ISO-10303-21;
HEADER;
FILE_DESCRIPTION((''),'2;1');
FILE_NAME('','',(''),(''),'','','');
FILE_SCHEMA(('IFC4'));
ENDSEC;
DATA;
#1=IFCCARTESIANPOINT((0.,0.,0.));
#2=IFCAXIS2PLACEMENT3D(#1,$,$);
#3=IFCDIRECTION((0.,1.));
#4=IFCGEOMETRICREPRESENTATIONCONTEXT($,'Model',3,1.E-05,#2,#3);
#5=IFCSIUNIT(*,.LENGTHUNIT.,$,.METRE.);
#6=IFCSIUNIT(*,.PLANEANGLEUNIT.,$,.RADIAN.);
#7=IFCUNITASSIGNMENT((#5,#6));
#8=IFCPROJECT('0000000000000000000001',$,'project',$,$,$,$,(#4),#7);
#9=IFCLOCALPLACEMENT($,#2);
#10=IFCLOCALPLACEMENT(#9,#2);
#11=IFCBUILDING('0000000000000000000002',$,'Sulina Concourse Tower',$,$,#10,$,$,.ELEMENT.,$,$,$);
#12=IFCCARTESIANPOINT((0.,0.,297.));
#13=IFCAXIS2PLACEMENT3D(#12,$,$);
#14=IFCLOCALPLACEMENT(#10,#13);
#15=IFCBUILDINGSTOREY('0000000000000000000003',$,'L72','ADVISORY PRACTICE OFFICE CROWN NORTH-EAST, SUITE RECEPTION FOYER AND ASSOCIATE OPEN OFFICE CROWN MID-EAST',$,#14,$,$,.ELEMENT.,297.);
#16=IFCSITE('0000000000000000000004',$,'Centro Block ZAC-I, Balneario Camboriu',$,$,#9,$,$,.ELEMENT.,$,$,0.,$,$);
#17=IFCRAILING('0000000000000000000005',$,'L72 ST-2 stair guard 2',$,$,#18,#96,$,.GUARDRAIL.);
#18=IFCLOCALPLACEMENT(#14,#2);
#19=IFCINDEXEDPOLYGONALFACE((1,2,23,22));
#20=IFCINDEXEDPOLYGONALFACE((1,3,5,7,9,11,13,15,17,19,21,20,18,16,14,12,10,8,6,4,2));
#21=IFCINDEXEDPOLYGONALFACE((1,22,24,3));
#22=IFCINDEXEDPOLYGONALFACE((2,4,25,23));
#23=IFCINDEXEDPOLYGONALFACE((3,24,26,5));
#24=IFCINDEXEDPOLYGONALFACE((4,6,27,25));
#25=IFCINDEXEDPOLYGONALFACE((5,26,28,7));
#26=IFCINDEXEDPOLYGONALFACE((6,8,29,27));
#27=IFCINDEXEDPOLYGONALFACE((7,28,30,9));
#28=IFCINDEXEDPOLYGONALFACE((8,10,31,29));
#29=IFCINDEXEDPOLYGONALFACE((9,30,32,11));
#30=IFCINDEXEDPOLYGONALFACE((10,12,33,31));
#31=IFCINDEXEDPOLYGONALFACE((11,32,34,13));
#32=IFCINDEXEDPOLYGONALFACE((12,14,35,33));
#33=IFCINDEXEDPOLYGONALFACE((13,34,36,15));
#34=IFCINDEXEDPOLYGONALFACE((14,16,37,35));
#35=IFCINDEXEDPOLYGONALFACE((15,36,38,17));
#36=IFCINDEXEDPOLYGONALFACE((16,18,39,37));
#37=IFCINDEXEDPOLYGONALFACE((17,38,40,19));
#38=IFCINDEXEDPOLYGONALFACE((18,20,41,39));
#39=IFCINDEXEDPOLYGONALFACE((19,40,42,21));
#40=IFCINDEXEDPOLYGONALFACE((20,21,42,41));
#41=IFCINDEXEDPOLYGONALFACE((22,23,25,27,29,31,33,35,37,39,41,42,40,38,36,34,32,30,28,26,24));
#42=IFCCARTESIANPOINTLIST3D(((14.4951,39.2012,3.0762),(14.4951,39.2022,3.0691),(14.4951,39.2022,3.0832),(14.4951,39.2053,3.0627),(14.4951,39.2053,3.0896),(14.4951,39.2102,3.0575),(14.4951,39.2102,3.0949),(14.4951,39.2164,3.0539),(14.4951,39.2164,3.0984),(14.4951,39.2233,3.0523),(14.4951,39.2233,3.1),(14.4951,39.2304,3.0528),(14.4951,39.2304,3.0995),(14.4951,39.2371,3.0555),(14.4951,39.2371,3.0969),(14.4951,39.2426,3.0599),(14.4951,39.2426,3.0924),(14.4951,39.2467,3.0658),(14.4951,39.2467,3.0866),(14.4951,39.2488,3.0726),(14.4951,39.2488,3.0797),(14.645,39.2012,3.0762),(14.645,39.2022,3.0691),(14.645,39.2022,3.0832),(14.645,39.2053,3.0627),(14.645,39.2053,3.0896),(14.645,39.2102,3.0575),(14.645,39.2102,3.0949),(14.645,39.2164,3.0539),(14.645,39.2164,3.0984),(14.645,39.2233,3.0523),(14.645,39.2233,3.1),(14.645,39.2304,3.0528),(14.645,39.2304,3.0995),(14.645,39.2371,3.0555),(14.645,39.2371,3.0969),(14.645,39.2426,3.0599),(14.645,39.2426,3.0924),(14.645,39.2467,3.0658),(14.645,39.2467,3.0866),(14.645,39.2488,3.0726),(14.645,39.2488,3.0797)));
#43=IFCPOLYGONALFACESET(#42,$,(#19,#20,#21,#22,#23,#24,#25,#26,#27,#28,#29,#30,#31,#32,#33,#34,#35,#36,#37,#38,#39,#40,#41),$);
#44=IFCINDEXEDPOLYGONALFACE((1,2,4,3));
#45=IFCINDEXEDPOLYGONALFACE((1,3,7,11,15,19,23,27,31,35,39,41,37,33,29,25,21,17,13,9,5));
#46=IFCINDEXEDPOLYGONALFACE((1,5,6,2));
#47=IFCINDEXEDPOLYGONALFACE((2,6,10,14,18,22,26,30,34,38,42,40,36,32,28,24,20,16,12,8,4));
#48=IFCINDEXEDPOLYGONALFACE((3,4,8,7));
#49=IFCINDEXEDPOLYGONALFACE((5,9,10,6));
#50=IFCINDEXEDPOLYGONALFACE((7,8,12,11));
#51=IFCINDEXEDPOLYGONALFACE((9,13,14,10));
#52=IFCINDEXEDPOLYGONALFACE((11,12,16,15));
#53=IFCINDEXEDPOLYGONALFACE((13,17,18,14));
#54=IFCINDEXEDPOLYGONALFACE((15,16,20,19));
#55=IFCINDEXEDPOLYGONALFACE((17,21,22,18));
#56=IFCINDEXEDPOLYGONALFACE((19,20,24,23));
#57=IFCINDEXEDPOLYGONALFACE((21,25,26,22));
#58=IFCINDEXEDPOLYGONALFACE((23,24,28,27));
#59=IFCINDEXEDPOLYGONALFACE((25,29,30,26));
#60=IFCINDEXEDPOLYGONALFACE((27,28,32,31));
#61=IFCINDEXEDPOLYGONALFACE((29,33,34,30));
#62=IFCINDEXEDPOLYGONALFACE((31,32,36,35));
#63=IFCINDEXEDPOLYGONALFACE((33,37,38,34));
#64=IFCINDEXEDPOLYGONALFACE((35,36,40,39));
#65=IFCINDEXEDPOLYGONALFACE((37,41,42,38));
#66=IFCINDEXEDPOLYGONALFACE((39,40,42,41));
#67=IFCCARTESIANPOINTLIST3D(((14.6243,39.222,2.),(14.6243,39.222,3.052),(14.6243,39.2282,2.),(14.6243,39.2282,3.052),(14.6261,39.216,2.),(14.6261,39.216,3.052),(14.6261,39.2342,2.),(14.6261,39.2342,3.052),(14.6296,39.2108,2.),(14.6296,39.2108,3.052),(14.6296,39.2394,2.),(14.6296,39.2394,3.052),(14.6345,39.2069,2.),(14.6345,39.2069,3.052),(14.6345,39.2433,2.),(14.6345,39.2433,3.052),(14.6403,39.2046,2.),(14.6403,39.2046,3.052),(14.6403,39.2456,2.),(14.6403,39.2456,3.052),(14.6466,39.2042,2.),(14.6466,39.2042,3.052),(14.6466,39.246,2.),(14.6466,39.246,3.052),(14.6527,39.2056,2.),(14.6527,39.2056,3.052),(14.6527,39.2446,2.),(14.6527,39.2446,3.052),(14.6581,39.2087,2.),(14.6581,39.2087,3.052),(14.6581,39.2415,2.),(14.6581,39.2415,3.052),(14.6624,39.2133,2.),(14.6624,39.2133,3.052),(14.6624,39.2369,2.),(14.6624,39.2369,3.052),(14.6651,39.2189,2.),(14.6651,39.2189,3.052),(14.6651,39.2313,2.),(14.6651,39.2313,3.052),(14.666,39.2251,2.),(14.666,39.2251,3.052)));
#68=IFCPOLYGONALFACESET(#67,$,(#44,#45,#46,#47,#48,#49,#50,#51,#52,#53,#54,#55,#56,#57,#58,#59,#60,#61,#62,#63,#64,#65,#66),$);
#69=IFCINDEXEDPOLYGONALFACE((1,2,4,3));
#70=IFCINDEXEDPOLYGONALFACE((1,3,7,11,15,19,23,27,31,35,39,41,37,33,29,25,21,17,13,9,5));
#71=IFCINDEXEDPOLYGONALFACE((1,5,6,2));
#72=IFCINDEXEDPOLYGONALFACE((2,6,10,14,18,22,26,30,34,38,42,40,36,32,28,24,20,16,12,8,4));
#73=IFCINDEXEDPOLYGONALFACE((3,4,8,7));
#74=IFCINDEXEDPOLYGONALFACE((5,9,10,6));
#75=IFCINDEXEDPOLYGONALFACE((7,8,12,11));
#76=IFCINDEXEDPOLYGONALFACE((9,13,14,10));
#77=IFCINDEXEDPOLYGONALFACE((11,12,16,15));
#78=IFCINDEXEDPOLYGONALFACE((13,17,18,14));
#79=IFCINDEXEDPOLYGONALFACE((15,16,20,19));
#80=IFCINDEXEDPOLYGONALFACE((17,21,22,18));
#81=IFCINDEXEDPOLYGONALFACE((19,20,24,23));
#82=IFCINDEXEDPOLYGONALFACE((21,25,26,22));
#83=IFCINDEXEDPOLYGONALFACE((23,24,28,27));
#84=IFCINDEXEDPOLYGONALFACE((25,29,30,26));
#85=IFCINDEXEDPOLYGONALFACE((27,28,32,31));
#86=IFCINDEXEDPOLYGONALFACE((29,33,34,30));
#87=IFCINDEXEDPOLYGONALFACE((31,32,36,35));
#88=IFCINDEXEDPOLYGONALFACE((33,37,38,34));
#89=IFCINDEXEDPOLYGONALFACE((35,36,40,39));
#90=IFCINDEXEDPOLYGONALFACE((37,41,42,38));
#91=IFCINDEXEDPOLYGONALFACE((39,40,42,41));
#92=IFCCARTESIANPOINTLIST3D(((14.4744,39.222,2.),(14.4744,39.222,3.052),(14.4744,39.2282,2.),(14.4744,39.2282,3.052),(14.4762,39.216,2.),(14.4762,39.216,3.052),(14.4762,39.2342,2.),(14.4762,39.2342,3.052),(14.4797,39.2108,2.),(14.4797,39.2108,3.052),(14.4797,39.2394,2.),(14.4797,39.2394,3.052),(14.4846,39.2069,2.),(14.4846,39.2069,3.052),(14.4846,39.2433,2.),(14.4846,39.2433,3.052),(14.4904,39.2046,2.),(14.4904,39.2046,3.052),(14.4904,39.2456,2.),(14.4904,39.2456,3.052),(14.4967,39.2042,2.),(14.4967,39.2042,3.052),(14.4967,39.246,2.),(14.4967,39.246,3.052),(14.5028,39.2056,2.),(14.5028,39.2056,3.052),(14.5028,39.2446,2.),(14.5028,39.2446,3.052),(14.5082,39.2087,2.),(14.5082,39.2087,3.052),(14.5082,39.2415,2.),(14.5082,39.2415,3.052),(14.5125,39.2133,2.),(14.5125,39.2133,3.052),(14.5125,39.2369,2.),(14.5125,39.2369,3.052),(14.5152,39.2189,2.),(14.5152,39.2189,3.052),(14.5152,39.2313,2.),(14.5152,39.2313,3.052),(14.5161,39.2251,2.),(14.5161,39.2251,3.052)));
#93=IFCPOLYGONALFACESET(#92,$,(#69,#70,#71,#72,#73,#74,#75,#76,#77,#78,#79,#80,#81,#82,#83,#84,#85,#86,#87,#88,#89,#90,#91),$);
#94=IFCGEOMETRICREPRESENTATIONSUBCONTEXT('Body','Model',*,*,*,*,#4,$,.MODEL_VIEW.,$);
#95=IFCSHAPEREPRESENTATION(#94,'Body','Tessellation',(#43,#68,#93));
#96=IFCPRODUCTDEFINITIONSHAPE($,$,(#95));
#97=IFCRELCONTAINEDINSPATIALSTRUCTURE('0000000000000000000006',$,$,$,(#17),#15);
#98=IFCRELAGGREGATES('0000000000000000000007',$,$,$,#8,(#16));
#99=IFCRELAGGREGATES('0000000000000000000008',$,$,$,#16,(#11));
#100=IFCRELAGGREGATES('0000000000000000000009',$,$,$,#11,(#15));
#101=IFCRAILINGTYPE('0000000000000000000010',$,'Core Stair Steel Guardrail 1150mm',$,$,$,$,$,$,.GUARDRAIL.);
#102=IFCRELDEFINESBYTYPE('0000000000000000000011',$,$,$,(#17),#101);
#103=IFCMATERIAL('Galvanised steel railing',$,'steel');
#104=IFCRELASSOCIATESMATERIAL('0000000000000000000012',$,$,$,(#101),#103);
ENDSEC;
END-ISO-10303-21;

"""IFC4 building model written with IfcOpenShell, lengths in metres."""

from ifc_helpers import new_model, si_unit, direction, frame, origin, origin_2d, place, context, subcontext, project, spatial, circle, extrude, material, type_object, element, save


model = new_model("IFC4")

# Units and contexts
model_context = context("Model", 3, precision=1e-05, world=origin(), true_north=direction((0.0, 1.0)))
body_context = subcontext(model_context, "Body", "Model", "MODEL_VIEW")
ifc_project = project(units=[si_unit("LENGTHUNIT", "METRE"), si_unit("PLANEANGLEUNIT", "RADIAN")], contexts=[model_context])

# Site, building, storey
site_placement = place(None, origin())
site = spatial("IfcSite", under=ifc_project, at=site_placement, Name="Centro Block ZAC-I, Balneario Camboriu", CompositionType="ELEMENT", RefElevation=0.0)
building_placement = place(site_placement, origin())
building = spatial("IfcBuilding", under=site, at=building_placement, Name="Sulina Concourse Tower", CompositionType="ELEMENT")
storey_placement = place(building_placement, frame((0.0, 0.0, 297.0)))
storey = spatial("IfcBuildingStorey", under=building, at=storey_placement, Name="L72", Description="ADVISORY PRACTICE OFFICE CROWN NORTH-EAST, SUITE RECEPTION FOYER AND ASSOCIATE OPEN OFFICE CROWN MID-EAST", CompositionType="ELEMENT", Elevation=297.0)

# Railing
ifc_material_1 = material(Name="Galvanised steel railing", Category="steel")
railing_type_1 = type_object("IfcRailingType", Name="Core Stair Steel Guardrail 1150mm", PredefinedType="GUARDRAIL", material=ifc_material_1)
railing_1_placement = place(storey_placement, frame((14.645, 39.2251, 2.0)))
element("IfcRailing", 1, at=railing_1_placement, inside=storey, type_object=railing_type_1, Name="L72 ST-2 stair guard 2", PredefinedType="GUARDRAIL", context=body_context, shape_type="SweptSolid", body=[
    extrude(circle(Radius=0.0239, at=origin_2d()), frame((0.0, 0.0, 1.0762), z_axis=(-1.0, 0.0, 0.0), x_axis=(0.0, -1.0, 0.0)), (0.0, 0.0, 1.0), 0.1499),
    extrude(circle(Radius=0.021, at=origin_2d()), origin(), (0.0, 0.0, 1.0), 1.052),
    extrude(circle(Radius=0.021, at=origin_2d()), frame((-0.1499, 0.0, 0.0)), (0.0, 0.0, 1.0), 1.052),
])

save(model, "model.ifc")
